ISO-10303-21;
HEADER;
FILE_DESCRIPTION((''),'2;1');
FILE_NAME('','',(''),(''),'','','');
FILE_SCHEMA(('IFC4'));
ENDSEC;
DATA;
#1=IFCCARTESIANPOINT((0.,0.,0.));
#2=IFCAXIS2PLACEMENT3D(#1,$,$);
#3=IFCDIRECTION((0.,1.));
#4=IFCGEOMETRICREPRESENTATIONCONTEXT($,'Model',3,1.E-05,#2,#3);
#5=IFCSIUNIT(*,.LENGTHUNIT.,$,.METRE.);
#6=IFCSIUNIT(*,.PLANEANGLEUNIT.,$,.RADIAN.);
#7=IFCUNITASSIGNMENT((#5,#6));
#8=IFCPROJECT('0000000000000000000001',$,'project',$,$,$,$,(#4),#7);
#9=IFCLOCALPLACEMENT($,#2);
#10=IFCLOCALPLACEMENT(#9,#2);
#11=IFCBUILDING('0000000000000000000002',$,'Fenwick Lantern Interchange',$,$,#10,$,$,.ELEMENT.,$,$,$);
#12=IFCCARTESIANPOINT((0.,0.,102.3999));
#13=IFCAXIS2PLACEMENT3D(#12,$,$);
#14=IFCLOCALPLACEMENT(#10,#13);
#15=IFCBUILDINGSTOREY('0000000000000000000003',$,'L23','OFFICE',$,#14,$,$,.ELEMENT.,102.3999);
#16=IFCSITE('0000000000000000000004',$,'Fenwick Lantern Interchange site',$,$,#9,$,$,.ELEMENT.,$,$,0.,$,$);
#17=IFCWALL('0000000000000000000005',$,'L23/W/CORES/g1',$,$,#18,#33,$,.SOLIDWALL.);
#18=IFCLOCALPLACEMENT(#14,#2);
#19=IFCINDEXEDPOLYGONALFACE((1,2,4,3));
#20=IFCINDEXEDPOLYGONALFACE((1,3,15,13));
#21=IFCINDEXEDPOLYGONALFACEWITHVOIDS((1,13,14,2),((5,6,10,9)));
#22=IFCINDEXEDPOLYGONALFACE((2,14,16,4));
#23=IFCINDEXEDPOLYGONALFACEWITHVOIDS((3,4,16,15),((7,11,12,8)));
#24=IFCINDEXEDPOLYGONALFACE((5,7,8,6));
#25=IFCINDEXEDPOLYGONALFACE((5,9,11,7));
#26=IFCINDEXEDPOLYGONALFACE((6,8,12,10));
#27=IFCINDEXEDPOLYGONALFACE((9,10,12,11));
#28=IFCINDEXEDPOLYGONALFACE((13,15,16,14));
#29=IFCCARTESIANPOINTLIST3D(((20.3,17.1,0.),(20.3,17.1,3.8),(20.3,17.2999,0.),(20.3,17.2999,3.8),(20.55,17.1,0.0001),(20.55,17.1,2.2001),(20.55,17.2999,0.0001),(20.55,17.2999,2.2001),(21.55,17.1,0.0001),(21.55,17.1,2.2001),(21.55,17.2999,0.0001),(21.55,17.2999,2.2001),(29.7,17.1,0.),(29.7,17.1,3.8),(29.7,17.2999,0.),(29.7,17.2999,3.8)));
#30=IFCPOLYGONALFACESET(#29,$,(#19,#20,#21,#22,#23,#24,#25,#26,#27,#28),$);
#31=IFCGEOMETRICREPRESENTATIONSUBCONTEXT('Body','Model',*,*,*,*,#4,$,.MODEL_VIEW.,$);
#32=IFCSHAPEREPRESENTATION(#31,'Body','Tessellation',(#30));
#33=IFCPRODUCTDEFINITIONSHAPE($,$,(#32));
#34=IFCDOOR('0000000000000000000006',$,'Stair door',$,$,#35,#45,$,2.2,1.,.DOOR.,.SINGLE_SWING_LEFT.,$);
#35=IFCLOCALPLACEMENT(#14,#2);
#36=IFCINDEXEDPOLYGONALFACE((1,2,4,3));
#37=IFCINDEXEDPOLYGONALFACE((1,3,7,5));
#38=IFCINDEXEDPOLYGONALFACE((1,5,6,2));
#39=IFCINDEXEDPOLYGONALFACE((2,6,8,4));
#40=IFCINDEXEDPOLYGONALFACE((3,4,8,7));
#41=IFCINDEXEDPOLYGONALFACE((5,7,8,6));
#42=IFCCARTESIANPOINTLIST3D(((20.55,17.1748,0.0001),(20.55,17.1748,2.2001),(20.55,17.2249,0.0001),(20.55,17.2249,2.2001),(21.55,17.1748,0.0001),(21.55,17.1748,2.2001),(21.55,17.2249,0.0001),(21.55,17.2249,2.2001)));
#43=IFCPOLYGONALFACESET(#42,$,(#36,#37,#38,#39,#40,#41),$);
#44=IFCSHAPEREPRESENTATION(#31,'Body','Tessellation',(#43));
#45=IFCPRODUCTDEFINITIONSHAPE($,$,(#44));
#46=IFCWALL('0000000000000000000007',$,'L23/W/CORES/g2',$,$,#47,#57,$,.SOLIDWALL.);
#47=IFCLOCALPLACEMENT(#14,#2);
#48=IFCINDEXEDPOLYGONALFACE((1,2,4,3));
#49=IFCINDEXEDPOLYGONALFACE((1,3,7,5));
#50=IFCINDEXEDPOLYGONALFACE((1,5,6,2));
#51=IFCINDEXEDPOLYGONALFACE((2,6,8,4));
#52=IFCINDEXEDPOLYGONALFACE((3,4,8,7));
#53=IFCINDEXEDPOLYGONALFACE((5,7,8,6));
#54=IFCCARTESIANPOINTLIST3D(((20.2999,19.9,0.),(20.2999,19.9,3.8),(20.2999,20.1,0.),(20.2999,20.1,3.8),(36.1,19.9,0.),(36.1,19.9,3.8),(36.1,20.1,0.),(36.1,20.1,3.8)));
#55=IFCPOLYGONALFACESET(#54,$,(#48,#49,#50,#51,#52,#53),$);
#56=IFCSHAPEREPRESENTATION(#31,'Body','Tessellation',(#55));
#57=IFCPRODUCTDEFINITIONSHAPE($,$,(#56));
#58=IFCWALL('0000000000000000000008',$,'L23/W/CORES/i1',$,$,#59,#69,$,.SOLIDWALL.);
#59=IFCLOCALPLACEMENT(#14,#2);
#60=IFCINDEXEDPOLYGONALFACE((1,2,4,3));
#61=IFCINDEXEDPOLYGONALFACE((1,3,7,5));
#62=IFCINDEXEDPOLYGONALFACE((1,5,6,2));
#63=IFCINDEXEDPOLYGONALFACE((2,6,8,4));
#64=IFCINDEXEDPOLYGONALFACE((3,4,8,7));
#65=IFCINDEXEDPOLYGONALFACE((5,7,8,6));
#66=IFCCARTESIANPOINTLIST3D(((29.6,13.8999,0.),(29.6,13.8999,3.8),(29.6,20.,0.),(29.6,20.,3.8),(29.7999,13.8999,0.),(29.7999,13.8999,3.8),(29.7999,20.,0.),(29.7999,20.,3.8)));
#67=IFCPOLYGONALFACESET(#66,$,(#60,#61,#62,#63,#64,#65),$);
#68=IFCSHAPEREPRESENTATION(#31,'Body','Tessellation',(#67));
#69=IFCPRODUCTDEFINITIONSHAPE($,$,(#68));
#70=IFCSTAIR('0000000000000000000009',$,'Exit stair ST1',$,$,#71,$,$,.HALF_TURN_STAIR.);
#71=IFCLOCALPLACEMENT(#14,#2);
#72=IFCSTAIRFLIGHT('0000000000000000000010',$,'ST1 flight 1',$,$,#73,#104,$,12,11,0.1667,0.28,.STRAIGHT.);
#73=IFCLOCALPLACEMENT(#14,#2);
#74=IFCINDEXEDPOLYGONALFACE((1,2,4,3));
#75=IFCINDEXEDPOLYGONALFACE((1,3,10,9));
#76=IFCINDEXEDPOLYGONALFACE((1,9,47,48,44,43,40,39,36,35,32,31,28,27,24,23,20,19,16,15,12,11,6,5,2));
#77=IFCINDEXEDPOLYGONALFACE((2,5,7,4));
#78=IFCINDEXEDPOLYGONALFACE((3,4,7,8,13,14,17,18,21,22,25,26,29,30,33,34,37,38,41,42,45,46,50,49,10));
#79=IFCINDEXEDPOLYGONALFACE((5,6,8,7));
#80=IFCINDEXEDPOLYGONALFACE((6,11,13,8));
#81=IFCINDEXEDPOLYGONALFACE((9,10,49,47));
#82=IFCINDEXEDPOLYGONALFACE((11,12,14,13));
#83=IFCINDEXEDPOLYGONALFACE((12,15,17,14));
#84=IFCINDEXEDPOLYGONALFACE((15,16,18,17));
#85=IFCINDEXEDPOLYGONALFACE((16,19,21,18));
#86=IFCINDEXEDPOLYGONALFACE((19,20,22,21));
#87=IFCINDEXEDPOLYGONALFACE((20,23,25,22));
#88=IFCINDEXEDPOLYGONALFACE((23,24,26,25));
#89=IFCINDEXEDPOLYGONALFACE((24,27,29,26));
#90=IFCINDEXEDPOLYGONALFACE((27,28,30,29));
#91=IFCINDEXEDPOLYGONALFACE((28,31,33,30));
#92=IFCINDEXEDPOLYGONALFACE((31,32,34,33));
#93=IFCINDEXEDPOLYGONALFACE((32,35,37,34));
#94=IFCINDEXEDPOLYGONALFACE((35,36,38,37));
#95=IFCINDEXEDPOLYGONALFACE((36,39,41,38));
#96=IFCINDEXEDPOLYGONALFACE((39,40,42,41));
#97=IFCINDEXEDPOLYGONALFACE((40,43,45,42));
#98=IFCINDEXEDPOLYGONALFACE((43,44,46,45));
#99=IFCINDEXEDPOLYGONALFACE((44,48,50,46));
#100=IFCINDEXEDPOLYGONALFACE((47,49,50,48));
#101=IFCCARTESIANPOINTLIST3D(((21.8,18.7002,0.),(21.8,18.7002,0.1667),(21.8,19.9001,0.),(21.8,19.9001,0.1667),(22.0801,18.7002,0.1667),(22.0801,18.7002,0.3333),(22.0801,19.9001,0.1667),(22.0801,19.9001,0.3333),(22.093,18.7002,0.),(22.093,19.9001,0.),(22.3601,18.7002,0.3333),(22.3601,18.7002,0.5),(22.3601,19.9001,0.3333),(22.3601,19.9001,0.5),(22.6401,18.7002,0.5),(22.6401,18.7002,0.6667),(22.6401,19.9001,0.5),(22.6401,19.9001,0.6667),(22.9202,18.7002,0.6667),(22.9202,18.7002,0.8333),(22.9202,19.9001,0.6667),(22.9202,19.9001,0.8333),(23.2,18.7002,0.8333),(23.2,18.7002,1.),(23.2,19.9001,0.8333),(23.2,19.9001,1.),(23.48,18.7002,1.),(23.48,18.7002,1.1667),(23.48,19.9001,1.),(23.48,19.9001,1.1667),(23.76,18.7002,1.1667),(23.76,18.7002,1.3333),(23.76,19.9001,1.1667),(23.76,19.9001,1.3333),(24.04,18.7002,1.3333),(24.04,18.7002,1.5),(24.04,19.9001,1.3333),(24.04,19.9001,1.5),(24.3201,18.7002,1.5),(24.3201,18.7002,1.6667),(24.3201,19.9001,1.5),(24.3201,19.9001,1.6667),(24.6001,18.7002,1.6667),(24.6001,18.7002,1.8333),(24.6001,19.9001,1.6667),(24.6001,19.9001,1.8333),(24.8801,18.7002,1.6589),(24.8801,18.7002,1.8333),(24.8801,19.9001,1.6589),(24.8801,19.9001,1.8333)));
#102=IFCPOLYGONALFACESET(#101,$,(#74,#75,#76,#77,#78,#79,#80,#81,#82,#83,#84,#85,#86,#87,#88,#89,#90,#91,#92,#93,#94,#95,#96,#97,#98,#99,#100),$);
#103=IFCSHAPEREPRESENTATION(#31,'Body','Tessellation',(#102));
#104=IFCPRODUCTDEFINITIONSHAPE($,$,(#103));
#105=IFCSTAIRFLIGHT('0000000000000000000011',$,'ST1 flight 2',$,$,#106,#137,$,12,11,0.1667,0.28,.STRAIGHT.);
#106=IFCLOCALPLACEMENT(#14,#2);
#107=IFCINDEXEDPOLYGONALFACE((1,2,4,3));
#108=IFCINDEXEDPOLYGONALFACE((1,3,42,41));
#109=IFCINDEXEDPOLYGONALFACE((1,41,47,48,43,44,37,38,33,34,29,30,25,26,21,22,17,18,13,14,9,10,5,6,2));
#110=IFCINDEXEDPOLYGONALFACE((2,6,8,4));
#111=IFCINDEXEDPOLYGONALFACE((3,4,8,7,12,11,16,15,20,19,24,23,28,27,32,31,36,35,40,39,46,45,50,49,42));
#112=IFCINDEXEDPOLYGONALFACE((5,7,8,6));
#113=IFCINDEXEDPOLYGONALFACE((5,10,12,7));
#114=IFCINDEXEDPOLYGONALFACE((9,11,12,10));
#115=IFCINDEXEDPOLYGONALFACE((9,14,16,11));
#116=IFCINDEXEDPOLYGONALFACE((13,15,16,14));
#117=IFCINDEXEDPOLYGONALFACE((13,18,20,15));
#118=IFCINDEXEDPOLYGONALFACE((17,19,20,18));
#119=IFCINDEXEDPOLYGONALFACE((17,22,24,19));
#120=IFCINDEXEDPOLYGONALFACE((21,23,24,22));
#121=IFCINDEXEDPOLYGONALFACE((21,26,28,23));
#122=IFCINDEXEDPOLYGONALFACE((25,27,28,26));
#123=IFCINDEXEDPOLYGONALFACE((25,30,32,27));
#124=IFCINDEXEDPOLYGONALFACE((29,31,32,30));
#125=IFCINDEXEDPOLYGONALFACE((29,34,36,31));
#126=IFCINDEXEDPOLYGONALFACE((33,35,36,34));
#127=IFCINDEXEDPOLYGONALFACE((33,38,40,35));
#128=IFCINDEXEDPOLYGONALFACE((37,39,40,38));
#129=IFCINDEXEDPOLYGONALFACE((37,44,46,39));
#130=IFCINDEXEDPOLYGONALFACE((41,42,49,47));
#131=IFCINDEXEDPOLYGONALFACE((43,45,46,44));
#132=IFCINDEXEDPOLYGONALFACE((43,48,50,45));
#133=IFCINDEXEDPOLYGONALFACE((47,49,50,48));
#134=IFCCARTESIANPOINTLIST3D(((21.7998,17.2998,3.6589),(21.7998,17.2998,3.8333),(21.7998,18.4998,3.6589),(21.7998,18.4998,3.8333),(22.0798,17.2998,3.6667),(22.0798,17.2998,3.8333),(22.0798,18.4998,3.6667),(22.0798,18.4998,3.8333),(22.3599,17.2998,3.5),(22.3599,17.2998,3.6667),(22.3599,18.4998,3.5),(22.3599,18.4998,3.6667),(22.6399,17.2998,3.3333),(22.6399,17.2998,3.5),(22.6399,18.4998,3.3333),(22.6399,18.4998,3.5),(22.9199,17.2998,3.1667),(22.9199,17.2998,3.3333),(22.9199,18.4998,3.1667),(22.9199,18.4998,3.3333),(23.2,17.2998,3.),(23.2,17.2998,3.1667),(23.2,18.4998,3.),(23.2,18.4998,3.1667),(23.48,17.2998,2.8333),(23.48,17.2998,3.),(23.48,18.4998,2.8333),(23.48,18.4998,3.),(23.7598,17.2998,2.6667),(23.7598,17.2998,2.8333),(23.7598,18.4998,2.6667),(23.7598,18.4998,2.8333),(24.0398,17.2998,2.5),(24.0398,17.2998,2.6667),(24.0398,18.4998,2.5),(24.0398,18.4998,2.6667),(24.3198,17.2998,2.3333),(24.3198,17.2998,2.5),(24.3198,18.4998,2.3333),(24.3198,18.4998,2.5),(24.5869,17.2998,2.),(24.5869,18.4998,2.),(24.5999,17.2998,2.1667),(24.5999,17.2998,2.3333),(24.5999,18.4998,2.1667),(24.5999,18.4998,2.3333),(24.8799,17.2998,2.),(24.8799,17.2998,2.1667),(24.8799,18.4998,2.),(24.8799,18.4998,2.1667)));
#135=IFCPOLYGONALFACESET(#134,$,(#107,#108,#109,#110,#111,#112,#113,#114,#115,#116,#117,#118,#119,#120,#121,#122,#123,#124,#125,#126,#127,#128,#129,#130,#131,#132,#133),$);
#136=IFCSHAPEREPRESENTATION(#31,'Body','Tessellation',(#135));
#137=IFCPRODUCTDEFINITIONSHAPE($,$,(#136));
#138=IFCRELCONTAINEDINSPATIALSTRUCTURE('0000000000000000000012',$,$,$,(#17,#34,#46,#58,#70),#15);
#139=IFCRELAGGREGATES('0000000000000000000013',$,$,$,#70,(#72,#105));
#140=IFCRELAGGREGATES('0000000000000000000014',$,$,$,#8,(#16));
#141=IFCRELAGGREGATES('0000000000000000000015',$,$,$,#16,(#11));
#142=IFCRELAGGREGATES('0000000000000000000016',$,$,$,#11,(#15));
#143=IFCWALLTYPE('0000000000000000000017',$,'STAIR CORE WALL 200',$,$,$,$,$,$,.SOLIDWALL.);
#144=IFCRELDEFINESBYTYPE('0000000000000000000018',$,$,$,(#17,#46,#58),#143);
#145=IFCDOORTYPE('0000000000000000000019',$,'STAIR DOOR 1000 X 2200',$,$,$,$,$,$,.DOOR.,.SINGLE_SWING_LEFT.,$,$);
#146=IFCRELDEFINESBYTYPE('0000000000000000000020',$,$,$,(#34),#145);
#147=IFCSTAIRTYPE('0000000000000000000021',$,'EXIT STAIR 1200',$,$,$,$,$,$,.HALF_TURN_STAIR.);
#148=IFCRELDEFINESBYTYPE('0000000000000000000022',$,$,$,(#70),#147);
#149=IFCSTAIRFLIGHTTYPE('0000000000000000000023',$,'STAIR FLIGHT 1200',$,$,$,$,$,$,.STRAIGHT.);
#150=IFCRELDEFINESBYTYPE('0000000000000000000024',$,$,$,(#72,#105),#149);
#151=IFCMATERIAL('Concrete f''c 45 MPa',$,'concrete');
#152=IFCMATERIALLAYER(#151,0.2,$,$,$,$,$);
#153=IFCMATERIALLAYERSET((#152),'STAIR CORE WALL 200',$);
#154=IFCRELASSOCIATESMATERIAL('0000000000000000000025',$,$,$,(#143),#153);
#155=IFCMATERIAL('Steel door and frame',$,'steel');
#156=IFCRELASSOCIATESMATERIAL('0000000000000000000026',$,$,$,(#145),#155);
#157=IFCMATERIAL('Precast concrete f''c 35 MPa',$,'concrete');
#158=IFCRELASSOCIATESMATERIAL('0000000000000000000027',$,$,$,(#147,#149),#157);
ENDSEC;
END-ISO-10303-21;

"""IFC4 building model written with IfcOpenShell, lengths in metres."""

from ifc_helpers import new_model, si_unit, direction, frame, frame_2d, origin, place, context, subcontext, project, spatial, polyline, rectangle, outline, extrude, material, layer, layer_set, type_object, element, fill, aggregate, save


model = new_model("IFC4")

# Units and contexts
model_context = context("Model", 3, precision=1e-05, world=origin(), true_north=direction((0.0, 1.0)))
body_context = subcontext(model_context, "Body", "Model", "MODEL_VIEW")
ifc_project = project(units=[si_unit("LENGTHUNIT", "METRE"), si_unit("PLANEANGLEUNIT", "RADIAN")], contexts=[model_context])

# Site, building, storey
site_placement = place(None, origin())
site = spatial("IfcSite", under=ifc_project, at=site_placement, Name="Fenwick Lantern Interchange site", CompositionType="ELEMENT", RefElevation=0.0)
building_placement = place(site_placement, origin())
building = spatial("IfcBuilding", under=site, at=building_placement, Name="Fenwick Lantern Interchange", CompositionType="ELEMENT")
storey_placement = place(building_placement, frame((0.0, 0.0, 102.3999)))
storey = spatial("IfcBuildingStorey", under=building, at=storey_placement, Name="L23", Description="OFFICE", CompositionType="ELEMENT", Elevation=102.3999)

# Shared definitions
ifc_material_1 = material(Name="Steel door and frame", Category="steel")

# Shared definitions
ifc_material_2 = material(Name="Concrete f'c 45 MPa", Category="concrete")
ifc_layer_1 = layer(ifc_material_2, 0.2)
ifc_layer_set_1 = layer_set([ifc_layer_1], Name="STAIR CORE WALL 200")
wall_type_1 = type_object("IfcWallType", Name="STAIR CORE WALL 200", PredefinedType="SOLIDWALL", material=ifc_layer_set_1)

# Wall, opening, door
wall_1_placement = place(storey_placement, frame((20.3, 17.2, 0.0), z_axis=(0.0, 0.0, 1.0), x_axis=(1.0, 0.0, 0.0)))
wall_1 = element("IfcWall", 1, at=wall_1_placement, inside=storey, type_object=wall_type_1, Name="L23/W/CORES/g1", PredefinedType="SOLIDWALL", context=body_context, shape_type="SweptSolid", body=[
    extrude(rectangle(XDim=9.3999, YDim=0.2, at=frame_2d((4.7, 0.0))), origin(), (0.0, 0.0, 1.0), 3.8),
])
opening_1_placement = place(wall_1_placement, frame((0.25, 0.0, 0.0)))
opening_1 = element("IfcOpeningElement", 2, at=opening_1_placement, cuts=wall_1, PredefinedType="OPENING", context=body_context, shape_type="SweptSolid", body=[
    extrude(rectangle(XDim=1.0, YDim=2.2, at=frame_2d((0.5, 1.1001))), frame((0.0, 0.1099, 0.0), z_axis=(0.0, -1.0, 0.0), x_axis=(1.0, 0.0, 0.0)), (0.0, 0.0, 1.0), 0.22),
])
door_type_1 = type_object("IfcDoorType", Name="STAIR DOOR 1000 X 2200", OperationType="SINGLE_SWING_LEFT", PredefinedType="DOOR", material=ifc_material_1)
door_1_placement = place(opening_1_placement, origin())
door_1 = element("IfcDoor", 3, at=door_1_placement, inside=storey, type_object=door_type_1, Name="Stair door", OperationType="SINGLE_SWING_LEFT", OverallHeight=2.2, OverallWidth=1.0, PredefinedType="DOOR", context=body_context, shape_type="SweptSolid", body=[
    extrude(rectangle(XDim=1.0, YDim=2.2, at=frame_2d((0.5, 1.1001))), frame((0.0, 0.0249, 0.0), z_axis=(0.0, -1.0, 0.0), x_axis=(1.0, 0.0, 0.0)), (0.0, 0.0, 1.0), 0.05),
])
fill(opening_1, door_1)

# Walls
wall_2_placement = place(storey_placement, frame((20.3, 20.0, 0.0), z_axis=(0.0, 0.0, 1.0), x_axis=(1.0, 0.0, 0.0)))
element("IfcWall", 4, at=wall_2_placement, inside=storey, type_object=wall_type_1, Name="L23/W/CORES/g2", PredefinedType="SOLIDWALL", context=body_context, shape_type="SweptSolid", body=[
    extrude(rectangle(XDim=15.8, YDim=0.2, at=frame_2d((7.8999, 0.0))), origin(), (0.0, 0.0, 1.0), 3.8),
])
wall_3_placement = place(storey_placement, frame((29.7, 13.8999, 0.0), z_axis=(0.0, 0.0, 1.0), x_axis=(0.0, 1.0, 0.0)))
element("IfcWall", 5, at=wall_3_placement, inside=storey, type_object=wall_type_1, Name="L23/W/CORES/i1", PredefinedType="SOLIDWALL", context=body_context, shape_type="SweptSolid", body=[
    extrude(rectangle(XDim=6.1001, YDim=0.2, at=frame_2d((3.05, 0.0))), origin(), (0.0, 0.0, 1.0), 3.8),
])

# Stair, stair flights
ifc_material_3 = material(Name="Precast concrete f'c 35 MPa", Category="concrete")
stair_type = type_object("IfcStairType", Name="EXIT STAIR 1200", PredefinedType="HALF_TURN_STAIR", material=ifc_material_3)
stair_placement = place(storey_placement, origin())
stair = element("IfcStair", 6, at=stair_placement, inside=storey, type_object=stair_type, Name="Exit stair ST1", PredefinedType="HALF_TURN_STAIR")
stair_flight_type = type_object("IfcStairFlightType", Name="STAIR FLIGHT 1200", PredefinedType="STRAIGHT", material=ifc_material_3)
stair_flight_1_placement = place(storey_placement, frame((21.8, 19.3, 0.0), z_axis=(0.0, 0.0, 1.0), x_axis=(1.0, 0.0, 0.0)))
stair_flight_1 = element("IfcStairFlight", 7, at=stair_flight_1_placement, type_object=stair_flight_type, Name="ST1 flight 1", NumberOfRisers=12, NumberOfTreads=11, PredefinedType="STRAIGHT", RiserHeight=0.1667, TreadLength=0.28, context=body_context, shape_type="SweptSolid", body=[
    extrude(outline(polyline([(0.0, 0.0), (0.0, 0.1667), (0.28, 0.1667), (0.28, 0.3333), (0.5601, 0.3333), (0.5601, 0.5), (0.8401, 0.5), (0.8401, 0.6667), (1.1201, 0.6667), (1.1201, 0.8333), (1.3999, 0.8333), (1.3999, 1.0), (1.6799, 1.0), (1.6799, 1.1667), (1.96, 1.1667), (1.96, 1.3333), (2.24, 1.3333), (2.24, 1.5), (2.52, 1.5), (2.52, 1.6667), (2.8, 1.6667), (2.8, 1.8333), (3.0801, 1.8333), (3.0801, 2.0), (3.0801, 1.6589), (0.293, 0.0), (0.0, 0.0)])), frame((0.0, 0.6001, 0.0), z_axis=(0.0, -1.0, 0.0), x_axis=(1.0, 0.0, 0.0)), (0.0, 0.0, 1.0), 1.2),
])
stair_flight_2_placement = place(storey_placement, frame((24.8799, 17.8999, 2.0), z_axis=(0.0, 0.0, 1.0), x_axis=(-1.0, 0.0, 0.0)))
stair_flight_2 = element("IfcStairFlight", 8, at=stair_flight_2_placement, type_object=stair_flight_type, Name="ST1 flight 2", NumberOfRisers=12, NumberOfTreads=11, PredefinedType="STRAIGHT", RiserHeight=0.1667, TreadLength=0.28, context=body_context, shape_type="SweptSolid", body=[
    extrude(outline(polyline([(0.0, 0.0), (0.0, 0.1667), (0.28, 0.1667), (0.28, 0.3333), (0.5601, 0.3333), (0.5601, 0.5), (0.8401, 0.5), (0.8401, 0.6667), (1.1201, 0.6667), (1.1201, 0.8333), (1.3999, 0.8333), (1.3999, 1.0), (1.6799, 1.0), (1.6799, 1.1667), (1.96, 1.1667), (1.96, 1.3333), (2.24, 1.3333), (2.24, 1.5), (2.52, 1.5), (2.52, 1.6667), (2.8, 1.6667), (2.8, 1.8333), (3.0801, 1.8333), (3.0801, 2.0), (3.0801, 1.6589), (0.293, 0.0), (0.0, 0.0)])), frame((0.0, 0.6001, 0.0), z_axis=(0.0, -1.0, 0.0), x_axis=(1.0, 0.0, 0.0)), (0.0, 0.0, 1.0), 1.2),
])
aggregate(stair, [stair_flight_1, stair_flight_2])

save(model, "model.ifc")
